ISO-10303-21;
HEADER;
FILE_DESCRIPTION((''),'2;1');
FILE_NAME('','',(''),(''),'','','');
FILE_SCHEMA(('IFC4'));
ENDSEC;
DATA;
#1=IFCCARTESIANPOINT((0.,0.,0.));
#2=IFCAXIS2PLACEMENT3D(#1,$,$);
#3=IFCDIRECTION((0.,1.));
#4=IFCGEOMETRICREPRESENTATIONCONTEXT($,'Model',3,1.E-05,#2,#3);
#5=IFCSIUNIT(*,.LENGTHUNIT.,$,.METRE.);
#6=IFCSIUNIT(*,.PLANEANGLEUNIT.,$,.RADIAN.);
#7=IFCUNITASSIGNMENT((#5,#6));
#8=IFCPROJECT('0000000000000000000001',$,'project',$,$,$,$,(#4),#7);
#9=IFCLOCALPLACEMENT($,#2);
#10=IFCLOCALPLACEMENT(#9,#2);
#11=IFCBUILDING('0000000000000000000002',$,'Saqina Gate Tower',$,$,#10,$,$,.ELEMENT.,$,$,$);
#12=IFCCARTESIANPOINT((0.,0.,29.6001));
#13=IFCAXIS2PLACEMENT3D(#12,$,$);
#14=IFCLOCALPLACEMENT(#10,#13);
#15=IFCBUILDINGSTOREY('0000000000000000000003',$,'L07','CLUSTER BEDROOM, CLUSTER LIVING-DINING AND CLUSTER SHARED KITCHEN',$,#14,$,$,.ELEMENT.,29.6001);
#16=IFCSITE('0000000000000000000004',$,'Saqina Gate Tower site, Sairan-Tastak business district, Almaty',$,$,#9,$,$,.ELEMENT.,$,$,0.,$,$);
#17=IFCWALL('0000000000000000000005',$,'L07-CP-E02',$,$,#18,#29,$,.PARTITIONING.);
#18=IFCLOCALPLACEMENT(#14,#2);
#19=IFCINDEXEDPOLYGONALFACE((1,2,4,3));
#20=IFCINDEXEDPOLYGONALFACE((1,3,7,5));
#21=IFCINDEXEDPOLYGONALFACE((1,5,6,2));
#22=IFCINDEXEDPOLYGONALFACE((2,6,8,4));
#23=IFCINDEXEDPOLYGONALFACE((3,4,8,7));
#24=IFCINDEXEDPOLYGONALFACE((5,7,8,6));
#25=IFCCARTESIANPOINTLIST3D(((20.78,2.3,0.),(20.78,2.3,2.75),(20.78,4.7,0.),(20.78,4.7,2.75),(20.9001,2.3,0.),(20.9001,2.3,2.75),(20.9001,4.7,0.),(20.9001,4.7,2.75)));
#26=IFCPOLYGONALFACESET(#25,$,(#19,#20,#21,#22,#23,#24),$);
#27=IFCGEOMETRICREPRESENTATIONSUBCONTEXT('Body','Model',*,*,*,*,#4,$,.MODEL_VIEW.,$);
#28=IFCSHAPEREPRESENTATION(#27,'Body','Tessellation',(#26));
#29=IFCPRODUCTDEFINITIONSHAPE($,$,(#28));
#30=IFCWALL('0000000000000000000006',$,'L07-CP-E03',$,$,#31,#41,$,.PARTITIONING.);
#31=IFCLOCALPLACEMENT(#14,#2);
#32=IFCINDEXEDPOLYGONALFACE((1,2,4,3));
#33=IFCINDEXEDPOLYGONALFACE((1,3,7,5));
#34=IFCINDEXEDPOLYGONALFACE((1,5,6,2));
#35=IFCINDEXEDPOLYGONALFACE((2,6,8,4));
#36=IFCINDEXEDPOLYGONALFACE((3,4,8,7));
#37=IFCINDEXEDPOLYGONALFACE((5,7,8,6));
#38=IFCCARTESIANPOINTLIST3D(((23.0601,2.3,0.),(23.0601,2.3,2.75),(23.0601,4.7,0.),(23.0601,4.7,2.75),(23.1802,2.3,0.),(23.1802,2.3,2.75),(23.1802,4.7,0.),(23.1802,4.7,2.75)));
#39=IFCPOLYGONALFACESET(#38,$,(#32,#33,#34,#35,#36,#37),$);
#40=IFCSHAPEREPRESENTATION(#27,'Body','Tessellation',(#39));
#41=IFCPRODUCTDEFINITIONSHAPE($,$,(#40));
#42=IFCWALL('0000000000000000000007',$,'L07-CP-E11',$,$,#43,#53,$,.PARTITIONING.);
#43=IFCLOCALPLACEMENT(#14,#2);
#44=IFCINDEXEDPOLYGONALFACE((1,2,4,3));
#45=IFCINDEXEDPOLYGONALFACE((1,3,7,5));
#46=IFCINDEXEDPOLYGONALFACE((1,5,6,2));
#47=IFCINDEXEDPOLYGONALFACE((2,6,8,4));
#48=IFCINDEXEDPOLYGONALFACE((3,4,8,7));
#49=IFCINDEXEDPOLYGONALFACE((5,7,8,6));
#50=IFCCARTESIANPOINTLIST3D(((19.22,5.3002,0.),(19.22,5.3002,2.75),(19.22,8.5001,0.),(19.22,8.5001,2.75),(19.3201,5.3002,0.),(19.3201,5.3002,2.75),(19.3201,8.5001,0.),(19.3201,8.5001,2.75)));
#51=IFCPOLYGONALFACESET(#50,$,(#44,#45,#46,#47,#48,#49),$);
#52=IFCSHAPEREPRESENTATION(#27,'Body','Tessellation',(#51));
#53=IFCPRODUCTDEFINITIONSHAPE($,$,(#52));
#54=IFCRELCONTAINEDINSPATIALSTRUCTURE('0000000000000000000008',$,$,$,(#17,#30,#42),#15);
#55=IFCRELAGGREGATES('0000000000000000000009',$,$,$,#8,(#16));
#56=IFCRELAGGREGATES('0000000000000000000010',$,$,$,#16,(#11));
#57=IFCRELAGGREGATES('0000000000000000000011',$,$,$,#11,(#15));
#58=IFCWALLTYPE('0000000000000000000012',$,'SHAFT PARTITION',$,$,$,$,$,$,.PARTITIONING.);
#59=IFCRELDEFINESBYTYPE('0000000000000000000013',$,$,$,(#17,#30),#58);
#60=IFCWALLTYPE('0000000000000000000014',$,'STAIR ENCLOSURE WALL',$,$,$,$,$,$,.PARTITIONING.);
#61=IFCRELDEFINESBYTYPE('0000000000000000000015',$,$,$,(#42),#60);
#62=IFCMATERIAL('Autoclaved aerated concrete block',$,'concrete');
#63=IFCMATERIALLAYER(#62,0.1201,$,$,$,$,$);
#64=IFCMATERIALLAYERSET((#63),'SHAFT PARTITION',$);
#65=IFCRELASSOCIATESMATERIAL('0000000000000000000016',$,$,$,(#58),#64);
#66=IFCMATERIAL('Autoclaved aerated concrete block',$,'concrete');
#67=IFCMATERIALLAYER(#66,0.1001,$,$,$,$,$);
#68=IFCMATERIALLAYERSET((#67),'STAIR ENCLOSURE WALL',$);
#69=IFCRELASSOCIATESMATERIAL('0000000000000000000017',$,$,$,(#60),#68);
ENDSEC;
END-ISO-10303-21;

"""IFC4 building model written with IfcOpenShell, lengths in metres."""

from ifc_helpers import new_model, si_unit, direction, frame, frame_2d, origin, place, context, subcontext, project, spatial, rectangle, extrude, material, layer, layer_set, type_object, element, save


model = new_model("IFC4")

# Units and contexts
model_context = context("Model", 3, precision=1e-05, world=origin(), true_north=direction((0.0, 1.0)))
body_context = subcontext(model_context, "Body", "Model", "MODEL_VIEW")
ifc_project = project(units=[si_unit("LENGTHUNIT", "METRE"), si_unit("PLANEANGLEUNIT", "RADIAN")], contexts=[model_context])

# Site, building, storey
site_placement = place(None, origin())
site = spatial("IfcSite", under=ifc_project, at=site_placement, Name="Saqina Gate Tower site, Sairan-Tastak business district, Almaty", CompositionType="ELEMENT", RefElevation=0.0)
building_placement = place(site_placement, origin())
building = spatial("IfcBuilding", under=site, at=building_placement, Name="Saqina Gate Tower", CompositionType="ELEMENT")
storey_placement = place(building_placement, frame((0.0, 0.0, 29.6001)))
storey = spatial("IfcBuildingStorey", under=building, at=storey_placement, Name="L07", Description="CLUSTER BEDROOM, CLUSTER LIVING-DINING AND CLUSTER SHARED KITCHEN", CompositionType="ELEMENT", Elevation=29.6001)

# Walls
ifc_material_1 = material(Name="Autoclaved aerated concrete block", Category="concrete")
ifc_layer_1 = layer(ifc_material_1, 0.1201)
ifc_layer_set_1 = layer_set([ifc_layer_1], Name="SHAFT PARTITION")
wall_type_1 = type_object("IfcWallType", Name="SHAFT PARTITION", PredefinedType="PARTITIONING", material=ifc_layer_set_1)
for number, where, z_axis, x_axis, name in (
    (1, (20.8401, 2.3, 0.0), (0.0, 0.0, 1.0), (0.0, 1.0, 0.0), "L07-CP-E02"),
    (2, (23.1201, 2.3, 0.0), (0.0, 0.0, 1.0), (0.0, 1.0, 0.0), "L07-CP-E03"),
):
    element("IfcWall", number, at=place(storey_placement, frame(where, z_axis=z_axis, x_axis=x_axis)), inside=storey, type_object=wall_type_1, Name=name, PredefinedType="PARTITIONING", context=body_context, shape_type="SweptSolid", body=[
        extrude(rectangle(XDim=2.3999, YDim=0.1201, at=frame_2d((1.2, 0.0))), origin(), (0.0, 0.0, 1.0), 2.75),
    ])
ifc_material_2 = material(Name="Autoclaved aerated concrete block", Category="concrete")
ifc_layer_2 = layer(ifc_material_2, 0.1001)
ifc_layer_set_2 = layer_set([ifc_layer_2], Name="STAIR ENCLOSURE WALL")
wall_type_2 = type_object("IfcWallType", Name="STAIR ENCLOSURE WALL", PredefinedType="PARTITIONING", material=ifc_layer_set_2)
wall_1_placement = place(storey_placement, frame((19.27, 5.3, 0.0), z_axis=(0.0, 0.0, 1.0), x_axis=(0.0, 1.0, 0.0)))
element("IfcWall", 3, at=wall_1_placement, inside=storey, type_object=wall_type_2, Name="L07-CP-E11", PredefinedType="PARTITIONING", context=body_context, shape_type="SweptSolid", body=[
    extrude(rectangle(XDim=3.2, YDim=0.1001, at=frame_2d((1.6001, 0.0))), origin(), (0.0, 0.0, 1.0), 2.75),
])

save(model, "model.ifc")
